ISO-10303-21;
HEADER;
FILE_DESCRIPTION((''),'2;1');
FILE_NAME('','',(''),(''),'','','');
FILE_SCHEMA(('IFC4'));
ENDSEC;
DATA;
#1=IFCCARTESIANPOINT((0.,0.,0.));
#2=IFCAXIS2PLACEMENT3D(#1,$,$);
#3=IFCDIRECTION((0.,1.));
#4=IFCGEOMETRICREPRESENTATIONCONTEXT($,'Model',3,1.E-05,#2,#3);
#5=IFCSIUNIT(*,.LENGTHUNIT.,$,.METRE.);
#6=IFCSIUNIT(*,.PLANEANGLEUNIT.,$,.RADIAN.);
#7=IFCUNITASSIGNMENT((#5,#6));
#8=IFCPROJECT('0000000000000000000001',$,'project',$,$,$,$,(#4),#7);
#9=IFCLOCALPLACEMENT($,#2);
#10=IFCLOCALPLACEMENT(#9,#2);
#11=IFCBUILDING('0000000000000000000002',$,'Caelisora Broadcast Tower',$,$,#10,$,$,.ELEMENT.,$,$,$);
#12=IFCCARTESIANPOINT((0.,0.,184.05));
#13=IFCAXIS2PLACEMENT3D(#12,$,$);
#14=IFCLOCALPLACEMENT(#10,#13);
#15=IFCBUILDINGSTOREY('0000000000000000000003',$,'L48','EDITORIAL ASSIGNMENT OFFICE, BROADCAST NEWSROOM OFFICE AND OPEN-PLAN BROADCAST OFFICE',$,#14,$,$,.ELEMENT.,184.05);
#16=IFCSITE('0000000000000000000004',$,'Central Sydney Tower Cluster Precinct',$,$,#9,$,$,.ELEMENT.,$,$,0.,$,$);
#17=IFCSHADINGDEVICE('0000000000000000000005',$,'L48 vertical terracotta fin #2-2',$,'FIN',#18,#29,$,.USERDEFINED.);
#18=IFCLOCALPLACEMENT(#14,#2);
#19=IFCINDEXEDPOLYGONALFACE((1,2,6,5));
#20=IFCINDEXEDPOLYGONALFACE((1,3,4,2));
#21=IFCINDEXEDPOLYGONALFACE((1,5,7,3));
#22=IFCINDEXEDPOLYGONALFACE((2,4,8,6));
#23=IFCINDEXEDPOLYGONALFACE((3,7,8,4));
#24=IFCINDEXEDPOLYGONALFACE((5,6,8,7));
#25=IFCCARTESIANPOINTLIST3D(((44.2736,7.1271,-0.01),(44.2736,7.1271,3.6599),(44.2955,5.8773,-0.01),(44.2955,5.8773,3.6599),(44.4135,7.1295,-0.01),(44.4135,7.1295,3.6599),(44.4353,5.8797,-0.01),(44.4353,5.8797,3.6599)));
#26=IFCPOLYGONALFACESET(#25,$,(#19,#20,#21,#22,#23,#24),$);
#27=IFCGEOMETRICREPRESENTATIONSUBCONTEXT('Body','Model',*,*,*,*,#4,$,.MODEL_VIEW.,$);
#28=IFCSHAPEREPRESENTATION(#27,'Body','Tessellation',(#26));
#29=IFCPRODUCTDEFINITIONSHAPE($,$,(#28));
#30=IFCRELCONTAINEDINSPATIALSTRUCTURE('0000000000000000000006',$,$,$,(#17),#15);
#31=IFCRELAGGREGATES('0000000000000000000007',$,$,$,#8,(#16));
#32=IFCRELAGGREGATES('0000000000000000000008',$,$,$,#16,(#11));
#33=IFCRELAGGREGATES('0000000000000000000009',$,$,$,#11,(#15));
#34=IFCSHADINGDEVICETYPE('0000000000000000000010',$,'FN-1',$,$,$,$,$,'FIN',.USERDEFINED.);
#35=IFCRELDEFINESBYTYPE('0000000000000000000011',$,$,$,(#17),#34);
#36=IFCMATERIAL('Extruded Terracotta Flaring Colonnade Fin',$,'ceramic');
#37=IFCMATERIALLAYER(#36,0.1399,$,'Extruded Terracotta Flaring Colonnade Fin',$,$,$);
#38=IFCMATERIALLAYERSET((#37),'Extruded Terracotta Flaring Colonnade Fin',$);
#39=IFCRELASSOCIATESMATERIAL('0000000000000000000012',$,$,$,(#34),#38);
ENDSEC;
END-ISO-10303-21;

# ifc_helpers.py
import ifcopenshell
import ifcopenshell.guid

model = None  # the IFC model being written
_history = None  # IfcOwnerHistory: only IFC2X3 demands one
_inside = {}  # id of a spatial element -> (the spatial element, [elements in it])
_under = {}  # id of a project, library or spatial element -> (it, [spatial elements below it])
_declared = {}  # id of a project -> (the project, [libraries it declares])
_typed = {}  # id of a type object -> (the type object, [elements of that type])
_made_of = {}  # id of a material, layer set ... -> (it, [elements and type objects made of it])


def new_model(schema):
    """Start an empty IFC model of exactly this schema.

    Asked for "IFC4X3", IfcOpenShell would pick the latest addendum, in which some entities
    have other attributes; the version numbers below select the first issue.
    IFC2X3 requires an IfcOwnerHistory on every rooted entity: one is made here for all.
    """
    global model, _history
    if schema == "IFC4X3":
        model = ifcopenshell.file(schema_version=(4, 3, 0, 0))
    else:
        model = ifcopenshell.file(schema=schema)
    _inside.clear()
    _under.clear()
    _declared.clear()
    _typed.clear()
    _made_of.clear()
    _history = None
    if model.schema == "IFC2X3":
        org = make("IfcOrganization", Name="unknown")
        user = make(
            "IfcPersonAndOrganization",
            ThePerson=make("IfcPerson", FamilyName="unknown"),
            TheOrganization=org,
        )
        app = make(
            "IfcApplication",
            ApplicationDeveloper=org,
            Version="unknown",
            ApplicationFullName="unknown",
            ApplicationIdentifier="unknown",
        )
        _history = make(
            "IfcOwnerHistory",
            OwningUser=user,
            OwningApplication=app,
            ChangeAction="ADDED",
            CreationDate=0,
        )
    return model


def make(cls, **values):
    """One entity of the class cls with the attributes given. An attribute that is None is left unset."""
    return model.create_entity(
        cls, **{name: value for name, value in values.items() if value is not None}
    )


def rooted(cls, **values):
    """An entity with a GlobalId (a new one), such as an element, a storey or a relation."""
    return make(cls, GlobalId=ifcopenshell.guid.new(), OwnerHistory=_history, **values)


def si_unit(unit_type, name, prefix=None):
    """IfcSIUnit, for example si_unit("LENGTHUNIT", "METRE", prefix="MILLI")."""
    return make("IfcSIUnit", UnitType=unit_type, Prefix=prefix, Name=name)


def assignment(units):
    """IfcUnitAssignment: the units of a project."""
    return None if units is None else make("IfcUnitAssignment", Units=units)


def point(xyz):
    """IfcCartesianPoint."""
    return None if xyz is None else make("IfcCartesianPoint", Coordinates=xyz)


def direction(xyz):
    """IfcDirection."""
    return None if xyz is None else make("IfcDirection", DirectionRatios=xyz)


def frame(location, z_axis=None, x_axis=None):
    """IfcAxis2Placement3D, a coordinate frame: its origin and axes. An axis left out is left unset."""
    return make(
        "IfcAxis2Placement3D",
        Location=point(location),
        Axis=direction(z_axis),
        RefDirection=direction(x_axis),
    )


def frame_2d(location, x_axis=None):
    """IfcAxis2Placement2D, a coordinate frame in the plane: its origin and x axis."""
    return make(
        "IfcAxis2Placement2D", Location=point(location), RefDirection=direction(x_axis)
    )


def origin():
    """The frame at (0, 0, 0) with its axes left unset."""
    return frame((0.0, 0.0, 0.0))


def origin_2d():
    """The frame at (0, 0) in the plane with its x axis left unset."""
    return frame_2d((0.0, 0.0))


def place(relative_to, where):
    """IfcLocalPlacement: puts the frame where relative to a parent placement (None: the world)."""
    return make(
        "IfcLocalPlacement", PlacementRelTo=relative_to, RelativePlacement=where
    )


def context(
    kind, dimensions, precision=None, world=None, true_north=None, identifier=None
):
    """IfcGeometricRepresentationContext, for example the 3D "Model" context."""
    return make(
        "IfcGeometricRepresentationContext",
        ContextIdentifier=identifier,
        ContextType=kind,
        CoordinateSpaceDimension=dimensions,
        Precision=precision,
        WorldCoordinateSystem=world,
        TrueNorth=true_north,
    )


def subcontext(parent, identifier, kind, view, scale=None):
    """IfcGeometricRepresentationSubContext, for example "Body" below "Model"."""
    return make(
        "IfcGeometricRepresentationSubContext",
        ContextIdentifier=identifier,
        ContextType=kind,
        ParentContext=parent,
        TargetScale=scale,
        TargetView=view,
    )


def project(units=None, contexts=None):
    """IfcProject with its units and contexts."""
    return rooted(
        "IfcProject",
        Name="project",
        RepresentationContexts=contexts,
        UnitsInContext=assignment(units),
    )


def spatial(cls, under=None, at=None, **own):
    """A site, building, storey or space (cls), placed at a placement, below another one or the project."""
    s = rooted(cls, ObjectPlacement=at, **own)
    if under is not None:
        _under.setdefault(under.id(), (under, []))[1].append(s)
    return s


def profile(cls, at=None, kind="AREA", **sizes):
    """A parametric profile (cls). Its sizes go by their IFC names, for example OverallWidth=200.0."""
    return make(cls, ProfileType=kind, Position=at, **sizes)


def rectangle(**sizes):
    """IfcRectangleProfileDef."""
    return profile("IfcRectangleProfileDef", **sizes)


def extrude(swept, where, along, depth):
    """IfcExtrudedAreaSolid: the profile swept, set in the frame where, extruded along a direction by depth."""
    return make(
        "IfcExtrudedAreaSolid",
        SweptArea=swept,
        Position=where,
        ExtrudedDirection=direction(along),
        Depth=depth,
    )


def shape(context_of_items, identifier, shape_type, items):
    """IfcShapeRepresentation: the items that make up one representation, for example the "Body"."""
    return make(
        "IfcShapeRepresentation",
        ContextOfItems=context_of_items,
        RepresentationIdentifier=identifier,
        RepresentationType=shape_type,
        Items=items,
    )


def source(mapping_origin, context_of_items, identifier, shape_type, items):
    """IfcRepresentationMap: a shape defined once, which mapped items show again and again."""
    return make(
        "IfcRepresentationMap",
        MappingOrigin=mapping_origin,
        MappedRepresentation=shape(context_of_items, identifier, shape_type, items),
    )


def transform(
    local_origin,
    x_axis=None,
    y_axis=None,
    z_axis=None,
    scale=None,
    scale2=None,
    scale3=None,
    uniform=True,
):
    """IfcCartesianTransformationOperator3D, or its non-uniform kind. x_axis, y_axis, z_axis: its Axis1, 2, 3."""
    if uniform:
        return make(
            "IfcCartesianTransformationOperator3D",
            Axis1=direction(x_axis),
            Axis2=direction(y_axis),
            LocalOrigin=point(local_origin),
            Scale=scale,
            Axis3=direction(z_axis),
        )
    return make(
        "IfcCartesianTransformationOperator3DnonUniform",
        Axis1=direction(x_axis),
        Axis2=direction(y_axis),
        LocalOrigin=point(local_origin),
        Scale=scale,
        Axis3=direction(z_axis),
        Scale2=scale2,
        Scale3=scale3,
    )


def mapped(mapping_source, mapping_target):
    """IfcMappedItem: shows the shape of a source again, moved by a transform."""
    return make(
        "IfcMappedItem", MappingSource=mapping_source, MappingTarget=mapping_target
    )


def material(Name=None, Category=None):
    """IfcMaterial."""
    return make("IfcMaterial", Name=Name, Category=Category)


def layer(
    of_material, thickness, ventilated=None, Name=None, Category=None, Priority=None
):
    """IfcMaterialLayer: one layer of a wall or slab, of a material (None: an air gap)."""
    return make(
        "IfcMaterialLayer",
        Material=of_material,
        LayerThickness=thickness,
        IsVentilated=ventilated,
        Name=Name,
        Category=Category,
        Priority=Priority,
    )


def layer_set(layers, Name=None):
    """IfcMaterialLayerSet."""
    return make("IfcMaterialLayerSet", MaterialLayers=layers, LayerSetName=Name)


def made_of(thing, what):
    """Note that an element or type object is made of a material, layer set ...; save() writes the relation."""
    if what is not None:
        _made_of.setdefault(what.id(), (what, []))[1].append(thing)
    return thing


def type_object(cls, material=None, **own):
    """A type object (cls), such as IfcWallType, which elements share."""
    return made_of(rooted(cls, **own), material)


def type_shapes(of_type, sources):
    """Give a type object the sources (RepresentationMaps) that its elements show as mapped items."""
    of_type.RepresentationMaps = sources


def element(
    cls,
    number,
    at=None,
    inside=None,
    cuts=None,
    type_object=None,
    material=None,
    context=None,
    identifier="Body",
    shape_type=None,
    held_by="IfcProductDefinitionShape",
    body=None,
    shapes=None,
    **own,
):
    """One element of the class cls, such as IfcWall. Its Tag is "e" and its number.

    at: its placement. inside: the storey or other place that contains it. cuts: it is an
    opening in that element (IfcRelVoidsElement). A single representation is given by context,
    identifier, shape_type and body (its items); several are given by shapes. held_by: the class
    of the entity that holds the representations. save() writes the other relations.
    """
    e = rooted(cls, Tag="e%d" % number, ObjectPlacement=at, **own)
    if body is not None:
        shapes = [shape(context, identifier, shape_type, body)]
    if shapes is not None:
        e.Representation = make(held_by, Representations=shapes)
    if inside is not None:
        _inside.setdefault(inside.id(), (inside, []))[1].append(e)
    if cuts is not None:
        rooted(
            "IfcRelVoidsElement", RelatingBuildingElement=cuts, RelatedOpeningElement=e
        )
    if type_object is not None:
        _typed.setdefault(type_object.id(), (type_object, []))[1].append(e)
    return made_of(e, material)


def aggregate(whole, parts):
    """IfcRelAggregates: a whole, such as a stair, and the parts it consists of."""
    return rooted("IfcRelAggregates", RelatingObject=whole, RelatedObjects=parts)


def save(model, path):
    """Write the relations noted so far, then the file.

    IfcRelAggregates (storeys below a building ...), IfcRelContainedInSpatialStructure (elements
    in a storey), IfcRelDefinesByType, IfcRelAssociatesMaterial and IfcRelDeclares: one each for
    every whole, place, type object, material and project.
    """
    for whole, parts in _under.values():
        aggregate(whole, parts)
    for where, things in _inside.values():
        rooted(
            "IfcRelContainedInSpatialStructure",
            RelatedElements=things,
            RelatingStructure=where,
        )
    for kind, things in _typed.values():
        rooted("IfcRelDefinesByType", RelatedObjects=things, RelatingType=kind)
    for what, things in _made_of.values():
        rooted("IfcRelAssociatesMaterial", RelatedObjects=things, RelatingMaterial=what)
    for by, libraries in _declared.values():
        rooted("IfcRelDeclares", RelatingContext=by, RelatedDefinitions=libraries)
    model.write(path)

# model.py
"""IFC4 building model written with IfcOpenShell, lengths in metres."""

from ifc_helpers import new_model, si_unit, direction, frame, origin, origin_2d, place, context, subcontext, project, spatial, rectangle, extrude, source, transform, mapped, material, layer, layer_set, type_object, type_shapes, element, save


model = new_model("IFC4")

# Units and contexts
model_context = context("Model", 3, precision=1e-05, world=origin(), true_north=direction((0.0, 1.0)))
body_context = subcontext(model_context, "Body", "Model", "MODEL_VIEW")
ifc_project = project(units=[si_unit("LENGTHUNIT", "METRE"), si_unit("PLANEANGLEUNIT", "RADIAN")], contexts=[model_context])

# Site, building, storey
site_placement = place(None, origin())
site = spatial("IfcSite", under=ifc_project, at=site_placement, Name="Central Sydney Tower Cluster Precinct", CompositionType="ELEMENT", RefElevation=0.0)
building_placement = place(site_placement, origin())
building = spatial("IfcBuilding", under=site, at=building_placement, Name="Caelisora Broadcast Tower", CompositionType="ELEMENT")
storey_placement = place(building_placement, frame((0.0, 0.0, 184.05)))
storey = spatial("IfcBuildingStorey", under=building, at=storey_placement, Name="L48", Description="EDITORIAL ASSIGNMENT OFFICE, BROADCAST NEWSROOM OFFICE AND OPEN-PLAN BROADCAST OFFICE", CompositionType="ELEMENT", Elevation=184.05)

# Shading device
ifc_material_1 = material(Name="Extruded Terracotta Flaring Colonnade Fin", Category="ceramic")
ifc_layer_1 = layer(ifc_material_1, 0.1399, Name="Extruded Terracotta Flaring Colonnade Fin")
ifc_layer_set_1 = layer_set([ifc_layer_1], Name="Extruded Terracotta Flaring Colonnade Fin")
shading_device_type = type_object("IfcShadingDeviceType", Name="FN-1", ElementType="FIN", PredefinedType="USERDEFINED", material=ifc_layer_set_1)
shared_shape_1 = source(origin(), body_context, "Body", "SweptSolid", [
    extrude(rectangle(XDim=0.1399, YDim=1.25, at=origin_2d()), origin(), (0.0, 0.0, 1.0), 3.6699),
])
type_shapes(shading_device_type, [shared_shape_1])
shading_device_placement = place(storey_placement, frame((44.3545, 6.5034, -0.01), z_axis=(0.0, 0.0, 1.0), x_axis=(-0.999848, -0.017452, 0.0)))
element("IfcShadingDevice", 1, at=shading_device_placement, inside=storey, type_object=shading_device_type, Name="L48 vertical terracotta fin #2-2", ObjectType="FIN", PredefinedType="USERDEFINED", context=body_context, shape_type="MappedRepresentation", body=[
    mapped(shared_shape_1, transform((0.0, 0.0, 0.0), scale=1.0)),
])

save(model, "model.ifc")
